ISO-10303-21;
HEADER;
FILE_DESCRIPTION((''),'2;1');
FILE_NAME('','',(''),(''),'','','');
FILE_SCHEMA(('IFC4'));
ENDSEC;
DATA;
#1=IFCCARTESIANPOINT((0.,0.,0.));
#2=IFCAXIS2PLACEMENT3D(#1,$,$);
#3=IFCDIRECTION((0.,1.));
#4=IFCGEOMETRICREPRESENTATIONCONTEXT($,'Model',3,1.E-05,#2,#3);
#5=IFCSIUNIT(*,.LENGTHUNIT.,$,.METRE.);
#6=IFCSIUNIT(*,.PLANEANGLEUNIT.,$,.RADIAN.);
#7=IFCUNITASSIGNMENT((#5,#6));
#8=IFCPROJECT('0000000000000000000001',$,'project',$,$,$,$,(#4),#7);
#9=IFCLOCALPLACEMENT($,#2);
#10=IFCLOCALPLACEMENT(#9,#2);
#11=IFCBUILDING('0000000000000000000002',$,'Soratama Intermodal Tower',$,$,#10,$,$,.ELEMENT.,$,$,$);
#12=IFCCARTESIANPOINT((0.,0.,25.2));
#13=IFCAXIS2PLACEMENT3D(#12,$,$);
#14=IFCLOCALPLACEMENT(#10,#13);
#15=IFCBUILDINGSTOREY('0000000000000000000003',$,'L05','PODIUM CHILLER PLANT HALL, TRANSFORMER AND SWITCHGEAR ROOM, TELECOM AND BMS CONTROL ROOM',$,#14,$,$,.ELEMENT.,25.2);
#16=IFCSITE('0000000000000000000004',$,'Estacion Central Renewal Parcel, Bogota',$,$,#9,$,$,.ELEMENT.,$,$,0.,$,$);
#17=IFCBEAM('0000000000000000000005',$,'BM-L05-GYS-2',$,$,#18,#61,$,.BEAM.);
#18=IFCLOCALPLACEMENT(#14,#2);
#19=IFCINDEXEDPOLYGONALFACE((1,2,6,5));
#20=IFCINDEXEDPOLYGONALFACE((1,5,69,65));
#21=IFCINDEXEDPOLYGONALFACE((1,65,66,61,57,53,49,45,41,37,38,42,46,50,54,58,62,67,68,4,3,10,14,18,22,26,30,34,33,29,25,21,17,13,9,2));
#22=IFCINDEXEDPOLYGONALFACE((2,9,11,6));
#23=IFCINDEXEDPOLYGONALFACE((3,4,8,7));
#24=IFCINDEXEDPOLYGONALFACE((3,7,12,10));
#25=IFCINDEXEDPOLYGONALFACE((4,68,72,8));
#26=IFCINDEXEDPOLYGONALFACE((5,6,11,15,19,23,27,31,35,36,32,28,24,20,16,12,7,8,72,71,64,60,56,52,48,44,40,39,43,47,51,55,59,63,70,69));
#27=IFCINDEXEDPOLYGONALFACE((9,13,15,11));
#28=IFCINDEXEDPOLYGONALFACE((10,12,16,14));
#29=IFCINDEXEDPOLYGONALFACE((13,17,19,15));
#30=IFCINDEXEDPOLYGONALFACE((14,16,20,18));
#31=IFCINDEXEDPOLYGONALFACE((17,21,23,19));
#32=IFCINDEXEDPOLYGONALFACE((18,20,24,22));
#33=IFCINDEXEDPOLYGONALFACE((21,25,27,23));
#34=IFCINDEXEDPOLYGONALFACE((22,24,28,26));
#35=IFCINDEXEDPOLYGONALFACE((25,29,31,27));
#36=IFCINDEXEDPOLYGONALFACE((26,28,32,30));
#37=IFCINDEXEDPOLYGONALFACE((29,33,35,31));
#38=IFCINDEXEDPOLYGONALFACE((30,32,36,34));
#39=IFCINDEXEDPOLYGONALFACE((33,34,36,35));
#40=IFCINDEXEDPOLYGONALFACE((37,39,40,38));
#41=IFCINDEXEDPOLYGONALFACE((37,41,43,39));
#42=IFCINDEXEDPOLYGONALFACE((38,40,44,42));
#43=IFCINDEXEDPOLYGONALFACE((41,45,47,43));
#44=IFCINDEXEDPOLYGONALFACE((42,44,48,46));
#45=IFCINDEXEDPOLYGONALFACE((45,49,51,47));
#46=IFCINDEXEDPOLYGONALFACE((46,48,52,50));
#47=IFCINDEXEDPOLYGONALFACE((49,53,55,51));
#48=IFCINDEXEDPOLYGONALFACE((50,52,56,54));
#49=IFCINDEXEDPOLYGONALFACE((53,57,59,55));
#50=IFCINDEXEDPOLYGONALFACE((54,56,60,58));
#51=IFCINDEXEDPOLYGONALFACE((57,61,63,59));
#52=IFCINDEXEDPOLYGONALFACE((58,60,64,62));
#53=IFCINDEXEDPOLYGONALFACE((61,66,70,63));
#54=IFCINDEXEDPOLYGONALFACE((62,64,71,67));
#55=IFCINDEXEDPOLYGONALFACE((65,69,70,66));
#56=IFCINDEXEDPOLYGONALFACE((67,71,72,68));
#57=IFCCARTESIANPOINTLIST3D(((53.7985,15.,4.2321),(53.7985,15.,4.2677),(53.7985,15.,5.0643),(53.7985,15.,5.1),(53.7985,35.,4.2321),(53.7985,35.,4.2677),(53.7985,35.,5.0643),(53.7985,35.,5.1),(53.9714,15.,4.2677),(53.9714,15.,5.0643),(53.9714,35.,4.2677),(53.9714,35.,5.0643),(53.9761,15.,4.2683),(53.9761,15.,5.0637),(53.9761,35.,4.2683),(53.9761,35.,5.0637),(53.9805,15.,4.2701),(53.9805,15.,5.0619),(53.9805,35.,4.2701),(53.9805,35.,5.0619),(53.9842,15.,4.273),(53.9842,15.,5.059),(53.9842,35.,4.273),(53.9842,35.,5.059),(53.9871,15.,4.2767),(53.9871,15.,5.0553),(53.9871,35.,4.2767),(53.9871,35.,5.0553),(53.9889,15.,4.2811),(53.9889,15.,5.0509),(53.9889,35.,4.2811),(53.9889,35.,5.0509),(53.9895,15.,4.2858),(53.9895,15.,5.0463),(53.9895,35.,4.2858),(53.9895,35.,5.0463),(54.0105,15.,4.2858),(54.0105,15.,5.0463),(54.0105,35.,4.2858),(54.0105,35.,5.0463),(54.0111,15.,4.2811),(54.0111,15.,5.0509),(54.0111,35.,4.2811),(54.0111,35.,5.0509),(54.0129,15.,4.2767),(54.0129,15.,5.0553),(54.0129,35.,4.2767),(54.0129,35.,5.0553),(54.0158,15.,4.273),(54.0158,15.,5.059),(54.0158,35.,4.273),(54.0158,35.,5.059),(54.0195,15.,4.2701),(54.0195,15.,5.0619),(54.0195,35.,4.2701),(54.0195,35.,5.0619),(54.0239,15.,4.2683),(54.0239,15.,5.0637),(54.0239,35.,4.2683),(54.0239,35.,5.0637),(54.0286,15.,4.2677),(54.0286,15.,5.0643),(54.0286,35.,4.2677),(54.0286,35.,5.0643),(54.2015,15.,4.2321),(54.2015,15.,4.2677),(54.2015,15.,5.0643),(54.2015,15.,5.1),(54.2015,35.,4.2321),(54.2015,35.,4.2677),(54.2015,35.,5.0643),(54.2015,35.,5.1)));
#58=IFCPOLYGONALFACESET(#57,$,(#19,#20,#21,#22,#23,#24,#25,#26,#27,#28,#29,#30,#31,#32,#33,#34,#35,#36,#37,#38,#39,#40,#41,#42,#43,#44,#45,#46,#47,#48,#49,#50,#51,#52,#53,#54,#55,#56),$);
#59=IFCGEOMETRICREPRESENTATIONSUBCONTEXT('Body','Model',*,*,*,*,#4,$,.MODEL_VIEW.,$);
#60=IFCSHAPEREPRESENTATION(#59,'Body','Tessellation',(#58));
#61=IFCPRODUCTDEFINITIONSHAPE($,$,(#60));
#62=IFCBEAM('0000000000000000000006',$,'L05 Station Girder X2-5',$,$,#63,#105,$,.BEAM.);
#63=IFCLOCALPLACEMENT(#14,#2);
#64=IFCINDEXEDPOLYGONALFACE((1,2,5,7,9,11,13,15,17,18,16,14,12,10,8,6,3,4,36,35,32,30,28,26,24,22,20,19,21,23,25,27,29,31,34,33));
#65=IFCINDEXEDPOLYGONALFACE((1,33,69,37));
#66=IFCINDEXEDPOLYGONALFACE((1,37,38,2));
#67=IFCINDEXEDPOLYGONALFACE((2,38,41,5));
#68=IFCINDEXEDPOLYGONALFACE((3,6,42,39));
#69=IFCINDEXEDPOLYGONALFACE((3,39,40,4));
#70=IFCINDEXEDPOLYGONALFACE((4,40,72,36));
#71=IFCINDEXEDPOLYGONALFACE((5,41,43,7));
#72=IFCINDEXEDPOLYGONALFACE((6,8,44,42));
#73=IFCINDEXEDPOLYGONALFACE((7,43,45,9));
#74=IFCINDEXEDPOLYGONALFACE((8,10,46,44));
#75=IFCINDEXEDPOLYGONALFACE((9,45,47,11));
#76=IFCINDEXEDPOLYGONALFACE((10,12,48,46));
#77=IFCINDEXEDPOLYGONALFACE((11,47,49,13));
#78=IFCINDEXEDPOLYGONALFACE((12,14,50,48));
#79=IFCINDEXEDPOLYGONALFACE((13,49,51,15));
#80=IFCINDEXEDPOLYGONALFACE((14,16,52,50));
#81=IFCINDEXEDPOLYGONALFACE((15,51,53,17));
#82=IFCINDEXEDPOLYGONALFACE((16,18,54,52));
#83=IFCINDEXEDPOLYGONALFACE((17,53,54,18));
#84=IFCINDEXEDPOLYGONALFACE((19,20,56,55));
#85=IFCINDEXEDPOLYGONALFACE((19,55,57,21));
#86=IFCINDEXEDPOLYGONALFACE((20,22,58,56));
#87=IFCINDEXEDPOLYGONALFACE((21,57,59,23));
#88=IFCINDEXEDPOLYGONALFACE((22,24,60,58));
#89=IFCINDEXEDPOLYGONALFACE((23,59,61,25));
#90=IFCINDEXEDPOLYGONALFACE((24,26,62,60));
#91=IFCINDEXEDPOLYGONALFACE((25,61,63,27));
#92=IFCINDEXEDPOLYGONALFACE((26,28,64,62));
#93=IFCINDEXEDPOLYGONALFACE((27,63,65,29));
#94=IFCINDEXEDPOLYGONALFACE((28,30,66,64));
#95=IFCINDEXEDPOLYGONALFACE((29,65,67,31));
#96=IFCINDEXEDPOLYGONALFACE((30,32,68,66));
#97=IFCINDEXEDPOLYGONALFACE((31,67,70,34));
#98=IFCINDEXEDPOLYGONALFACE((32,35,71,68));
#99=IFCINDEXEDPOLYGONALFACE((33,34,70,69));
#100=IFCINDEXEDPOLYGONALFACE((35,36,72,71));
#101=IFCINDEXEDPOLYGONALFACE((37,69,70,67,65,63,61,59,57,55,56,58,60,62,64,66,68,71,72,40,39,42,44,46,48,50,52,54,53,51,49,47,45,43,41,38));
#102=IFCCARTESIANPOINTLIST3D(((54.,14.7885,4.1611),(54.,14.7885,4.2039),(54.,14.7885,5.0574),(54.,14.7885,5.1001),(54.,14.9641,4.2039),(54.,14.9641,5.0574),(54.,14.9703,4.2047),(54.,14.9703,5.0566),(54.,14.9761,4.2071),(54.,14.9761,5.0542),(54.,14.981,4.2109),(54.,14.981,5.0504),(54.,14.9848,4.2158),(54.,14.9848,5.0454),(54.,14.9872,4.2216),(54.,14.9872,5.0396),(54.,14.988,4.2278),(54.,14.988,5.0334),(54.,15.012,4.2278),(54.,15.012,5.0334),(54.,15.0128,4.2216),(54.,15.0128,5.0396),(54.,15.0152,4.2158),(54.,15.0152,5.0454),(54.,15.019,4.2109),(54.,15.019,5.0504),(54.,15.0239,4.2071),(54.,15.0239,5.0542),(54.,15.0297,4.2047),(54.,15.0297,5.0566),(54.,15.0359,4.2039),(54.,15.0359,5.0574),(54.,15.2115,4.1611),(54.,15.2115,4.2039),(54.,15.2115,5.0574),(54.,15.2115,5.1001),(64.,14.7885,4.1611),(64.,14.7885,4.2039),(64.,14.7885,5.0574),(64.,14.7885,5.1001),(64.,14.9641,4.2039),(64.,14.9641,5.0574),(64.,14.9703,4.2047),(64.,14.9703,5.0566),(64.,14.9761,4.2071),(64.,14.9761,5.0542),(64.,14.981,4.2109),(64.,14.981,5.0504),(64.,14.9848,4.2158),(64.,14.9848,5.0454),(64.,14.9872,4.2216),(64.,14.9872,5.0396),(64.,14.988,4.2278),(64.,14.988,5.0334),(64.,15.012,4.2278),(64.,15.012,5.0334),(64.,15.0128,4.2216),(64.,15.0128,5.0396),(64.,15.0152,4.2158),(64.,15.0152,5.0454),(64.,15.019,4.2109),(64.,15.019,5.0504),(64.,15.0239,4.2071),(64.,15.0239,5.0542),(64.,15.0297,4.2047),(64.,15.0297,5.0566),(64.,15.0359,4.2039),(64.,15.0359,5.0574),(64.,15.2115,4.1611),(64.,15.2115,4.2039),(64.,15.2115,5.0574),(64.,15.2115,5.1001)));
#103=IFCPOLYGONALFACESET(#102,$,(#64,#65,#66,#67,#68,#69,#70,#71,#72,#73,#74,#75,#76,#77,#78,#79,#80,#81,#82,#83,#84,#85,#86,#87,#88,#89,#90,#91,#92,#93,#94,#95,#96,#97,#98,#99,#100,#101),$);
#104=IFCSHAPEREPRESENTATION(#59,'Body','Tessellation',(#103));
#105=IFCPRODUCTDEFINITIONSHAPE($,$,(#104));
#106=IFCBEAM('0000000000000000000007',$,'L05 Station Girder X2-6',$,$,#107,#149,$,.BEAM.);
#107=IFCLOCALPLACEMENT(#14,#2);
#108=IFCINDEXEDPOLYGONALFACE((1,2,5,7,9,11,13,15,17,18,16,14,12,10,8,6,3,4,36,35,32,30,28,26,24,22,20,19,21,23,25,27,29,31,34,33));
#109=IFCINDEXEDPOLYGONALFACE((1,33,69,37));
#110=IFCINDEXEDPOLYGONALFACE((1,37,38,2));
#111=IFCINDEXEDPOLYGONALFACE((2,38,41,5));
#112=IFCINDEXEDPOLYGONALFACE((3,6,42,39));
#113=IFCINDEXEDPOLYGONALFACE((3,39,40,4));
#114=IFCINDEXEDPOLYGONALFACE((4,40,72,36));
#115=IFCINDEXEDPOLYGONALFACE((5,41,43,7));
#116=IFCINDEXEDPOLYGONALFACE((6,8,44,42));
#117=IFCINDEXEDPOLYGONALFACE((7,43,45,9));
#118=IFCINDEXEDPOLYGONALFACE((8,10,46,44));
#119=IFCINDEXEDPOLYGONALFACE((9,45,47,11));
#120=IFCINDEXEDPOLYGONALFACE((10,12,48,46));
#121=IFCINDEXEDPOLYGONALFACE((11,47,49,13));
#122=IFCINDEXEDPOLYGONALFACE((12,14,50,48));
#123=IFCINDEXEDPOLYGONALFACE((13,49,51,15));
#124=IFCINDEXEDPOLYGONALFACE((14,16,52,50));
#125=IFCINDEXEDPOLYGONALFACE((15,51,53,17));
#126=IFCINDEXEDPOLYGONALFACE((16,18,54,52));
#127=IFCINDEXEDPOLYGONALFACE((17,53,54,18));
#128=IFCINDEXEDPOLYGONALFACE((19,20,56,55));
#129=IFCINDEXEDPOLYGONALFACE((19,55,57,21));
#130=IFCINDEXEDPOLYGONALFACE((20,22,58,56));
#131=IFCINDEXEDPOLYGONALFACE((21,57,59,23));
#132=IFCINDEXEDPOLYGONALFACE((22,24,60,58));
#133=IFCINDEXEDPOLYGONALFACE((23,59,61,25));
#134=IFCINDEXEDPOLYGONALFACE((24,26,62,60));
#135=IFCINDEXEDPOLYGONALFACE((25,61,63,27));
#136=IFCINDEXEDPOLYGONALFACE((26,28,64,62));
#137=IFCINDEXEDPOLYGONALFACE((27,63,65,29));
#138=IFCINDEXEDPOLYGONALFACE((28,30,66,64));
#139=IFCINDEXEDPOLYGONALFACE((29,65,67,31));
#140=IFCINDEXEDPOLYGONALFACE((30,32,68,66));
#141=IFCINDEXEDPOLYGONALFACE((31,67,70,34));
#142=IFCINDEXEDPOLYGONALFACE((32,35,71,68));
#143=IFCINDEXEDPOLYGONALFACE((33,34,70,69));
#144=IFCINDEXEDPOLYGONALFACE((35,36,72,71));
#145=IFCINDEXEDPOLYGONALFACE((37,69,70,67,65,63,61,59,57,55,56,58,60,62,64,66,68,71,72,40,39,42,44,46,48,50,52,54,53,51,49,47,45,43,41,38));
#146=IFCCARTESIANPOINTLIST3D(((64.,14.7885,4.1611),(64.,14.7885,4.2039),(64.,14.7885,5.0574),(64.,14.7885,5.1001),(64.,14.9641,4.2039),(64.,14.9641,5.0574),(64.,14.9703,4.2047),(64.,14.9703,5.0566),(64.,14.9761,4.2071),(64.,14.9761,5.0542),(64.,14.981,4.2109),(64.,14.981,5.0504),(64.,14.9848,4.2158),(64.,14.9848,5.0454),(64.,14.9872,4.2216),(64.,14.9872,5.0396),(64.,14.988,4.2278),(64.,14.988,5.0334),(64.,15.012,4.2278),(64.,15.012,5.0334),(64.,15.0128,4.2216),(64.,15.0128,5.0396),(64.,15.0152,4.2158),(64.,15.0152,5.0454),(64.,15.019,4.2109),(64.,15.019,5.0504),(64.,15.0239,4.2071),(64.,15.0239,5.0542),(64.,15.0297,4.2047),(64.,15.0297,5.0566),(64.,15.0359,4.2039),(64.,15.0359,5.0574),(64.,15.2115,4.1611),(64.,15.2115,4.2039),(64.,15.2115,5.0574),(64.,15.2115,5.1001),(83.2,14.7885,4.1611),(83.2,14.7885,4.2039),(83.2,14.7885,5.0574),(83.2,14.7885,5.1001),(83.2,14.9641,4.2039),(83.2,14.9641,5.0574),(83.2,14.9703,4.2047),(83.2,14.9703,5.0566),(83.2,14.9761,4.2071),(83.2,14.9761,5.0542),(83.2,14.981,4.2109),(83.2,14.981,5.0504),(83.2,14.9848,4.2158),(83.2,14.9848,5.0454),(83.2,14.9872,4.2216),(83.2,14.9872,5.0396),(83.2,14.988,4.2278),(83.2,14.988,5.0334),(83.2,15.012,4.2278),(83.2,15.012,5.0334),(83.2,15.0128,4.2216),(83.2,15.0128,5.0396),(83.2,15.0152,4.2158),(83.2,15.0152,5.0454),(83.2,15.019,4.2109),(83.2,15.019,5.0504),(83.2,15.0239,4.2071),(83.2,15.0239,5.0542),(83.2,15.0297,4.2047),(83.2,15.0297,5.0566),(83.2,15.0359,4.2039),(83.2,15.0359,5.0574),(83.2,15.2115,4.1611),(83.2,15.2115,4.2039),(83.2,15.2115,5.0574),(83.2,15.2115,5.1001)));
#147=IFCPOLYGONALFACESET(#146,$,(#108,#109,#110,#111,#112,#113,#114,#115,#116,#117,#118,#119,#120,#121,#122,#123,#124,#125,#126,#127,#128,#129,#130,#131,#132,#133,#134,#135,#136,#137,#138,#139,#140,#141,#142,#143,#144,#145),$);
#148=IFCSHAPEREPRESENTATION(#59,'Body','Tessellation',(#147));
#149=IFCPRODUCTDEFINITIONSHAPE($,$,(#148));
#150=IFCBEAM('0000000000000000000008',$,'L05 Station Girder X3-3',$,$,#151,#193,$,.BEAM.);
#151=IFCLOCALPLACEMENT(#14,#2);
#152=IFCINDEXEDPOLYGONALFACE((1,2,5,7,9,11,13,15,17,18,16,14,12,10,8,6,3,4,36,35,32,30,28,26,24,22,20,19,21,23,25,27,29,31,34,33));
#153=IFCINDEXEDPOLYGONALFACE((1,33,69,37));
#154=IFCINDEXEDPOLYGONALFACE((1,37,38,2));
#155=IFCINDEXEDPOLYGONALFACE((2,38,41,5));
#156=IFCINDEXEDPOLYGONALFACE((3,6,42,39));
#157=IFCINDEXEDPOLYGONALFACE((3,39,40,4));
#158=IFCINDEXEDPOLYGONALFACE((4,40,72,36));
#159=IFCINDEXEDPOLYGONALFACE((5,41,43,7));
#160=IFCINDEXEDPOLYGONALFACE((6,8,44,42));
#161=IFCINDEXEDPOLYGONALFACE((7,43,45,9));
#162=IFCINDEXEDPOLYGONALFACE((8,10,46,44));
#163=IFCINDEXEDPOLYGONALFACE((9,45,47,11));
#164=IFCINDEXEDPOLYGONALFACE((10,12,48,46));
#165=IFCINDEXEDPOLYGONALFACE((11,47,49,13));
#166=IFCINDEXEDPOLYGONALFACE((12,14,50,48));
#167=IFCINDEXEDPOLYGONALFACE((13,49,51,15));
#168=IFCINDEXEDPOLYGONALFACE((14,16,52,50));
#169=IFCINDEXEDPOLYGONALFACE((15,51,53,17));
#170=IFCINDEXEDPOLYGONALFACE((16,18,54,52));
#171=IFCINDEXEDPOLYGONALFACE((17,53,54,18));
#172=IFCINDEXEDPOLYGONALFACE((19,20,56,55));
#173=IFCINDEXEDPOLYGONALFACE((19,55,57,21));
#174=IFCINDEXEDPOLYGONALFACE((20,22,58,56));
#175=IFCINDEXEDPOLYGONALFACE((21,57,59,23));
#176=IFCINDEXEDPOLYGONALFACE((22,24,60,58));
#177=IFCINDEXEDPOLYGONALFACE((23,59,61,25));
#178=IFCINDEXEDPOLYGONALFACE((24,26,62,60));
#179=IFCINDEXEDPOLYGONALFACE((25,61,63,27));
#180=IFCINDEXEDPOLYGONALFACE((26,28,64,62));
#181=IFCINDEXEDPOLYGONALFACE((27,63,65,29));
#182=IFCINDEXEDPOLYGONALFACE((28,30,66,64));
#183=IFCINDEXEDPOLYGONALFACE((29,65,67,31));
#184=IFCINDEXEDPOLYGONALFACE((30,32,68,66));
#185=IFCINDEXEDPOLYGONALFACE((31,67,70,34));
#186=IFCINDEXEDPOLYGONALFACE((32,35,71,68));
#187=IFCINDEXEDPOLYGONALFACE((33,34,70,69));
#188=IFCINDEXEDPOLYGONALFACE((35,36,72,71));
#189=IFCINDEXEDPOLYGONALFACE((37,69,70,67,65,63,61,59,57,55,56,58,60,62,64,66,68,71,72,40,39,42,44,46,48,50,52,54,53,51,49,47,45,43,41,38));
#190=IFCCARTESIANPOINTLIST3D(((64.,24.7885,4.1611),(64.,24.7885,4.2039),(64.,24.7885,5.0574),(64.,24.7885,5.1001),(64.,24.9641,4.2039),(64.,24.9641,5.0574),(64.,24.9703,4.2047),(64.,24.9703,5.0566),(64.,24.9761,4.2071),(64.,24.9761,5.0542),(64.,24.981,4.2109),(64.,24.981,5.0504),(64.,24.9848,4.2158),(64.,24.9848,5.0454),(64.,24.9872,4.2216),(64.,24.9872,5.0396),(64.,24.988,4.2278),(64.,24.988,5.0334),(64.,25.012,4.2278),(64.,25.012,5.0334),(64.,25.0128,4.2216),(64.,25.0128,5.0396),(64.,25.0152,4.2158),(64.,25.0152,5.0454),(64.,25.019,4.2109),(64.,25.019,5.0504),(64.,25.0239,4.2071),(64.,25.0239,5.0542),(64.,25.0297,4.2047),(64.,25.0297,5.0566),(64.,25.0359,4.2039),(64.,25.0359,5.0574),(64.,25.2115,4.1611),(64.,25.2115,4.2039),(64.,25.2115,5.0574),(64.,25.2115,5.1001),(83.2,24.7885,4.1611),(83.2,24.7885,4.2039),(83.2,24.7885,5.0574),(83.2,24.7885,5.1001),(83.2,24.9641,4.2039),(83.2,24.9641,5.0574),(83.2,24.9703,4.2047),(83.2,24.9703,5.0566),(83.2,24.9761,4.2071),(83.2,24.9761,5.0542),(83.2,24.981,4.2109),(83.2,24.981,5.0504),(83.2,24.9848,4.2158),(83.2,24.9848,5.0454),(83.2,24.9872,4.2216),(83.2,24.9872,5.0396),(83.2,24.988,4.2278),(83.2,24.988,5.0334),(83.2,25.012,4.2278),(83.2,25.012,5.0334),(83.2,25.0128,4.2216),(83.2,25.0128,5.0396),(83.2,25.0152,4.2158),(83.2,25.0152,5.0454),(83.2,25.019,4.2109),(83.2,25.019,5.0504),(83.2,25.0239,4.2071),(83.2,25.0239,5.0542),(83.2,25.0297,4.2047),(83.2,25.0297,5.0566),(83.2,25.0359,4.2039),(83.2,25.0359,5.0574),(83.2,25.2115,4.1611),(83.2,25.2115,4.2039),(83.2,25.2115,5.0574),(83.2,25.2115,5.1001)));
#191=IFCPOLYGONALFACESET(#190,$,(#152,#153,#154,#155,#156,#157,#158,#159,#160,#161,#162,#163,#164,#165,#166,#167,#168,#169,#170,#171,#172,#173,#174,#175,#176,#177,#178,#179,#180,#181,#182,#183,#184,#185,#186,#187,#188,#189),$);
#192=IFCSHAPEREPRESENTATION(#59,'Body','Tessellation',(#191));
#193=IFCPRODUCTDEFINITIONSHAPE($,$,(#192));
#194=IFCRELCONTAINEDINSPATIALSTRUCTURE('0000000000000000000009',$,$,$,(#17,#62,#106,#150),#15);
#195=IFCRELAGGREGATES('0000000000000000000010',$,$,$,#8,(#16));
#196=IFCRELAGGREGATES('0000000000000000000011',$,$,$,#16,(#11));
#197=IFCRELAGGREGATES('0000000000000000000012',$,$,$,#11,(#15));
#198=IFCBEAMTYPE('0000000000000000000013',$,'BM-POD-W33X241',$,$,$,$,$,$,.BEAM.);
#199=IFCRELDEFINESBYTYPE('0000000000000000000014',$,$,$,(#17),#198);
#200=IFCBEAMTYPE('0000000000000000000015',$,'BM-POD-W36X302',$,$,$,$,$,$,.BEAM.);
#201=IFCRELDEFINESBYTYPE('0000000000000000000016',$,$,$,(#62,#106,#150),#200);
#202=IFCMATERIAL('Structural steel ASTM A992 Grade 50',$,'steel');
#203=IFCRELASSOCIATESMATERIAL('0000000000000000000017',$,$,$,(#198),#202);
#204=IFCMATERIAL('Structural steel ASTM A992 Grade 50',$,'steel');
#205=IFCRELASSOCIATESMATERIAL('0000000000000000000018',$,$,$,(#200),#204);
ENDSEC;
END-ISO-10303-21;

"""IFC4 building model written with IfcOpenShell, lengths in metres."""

from ifc_helpers import new_model, si_unit, direction, frame, origin, origin_2d, place, context, subcontext, project, spatial, i_section, extrude, material, material_profile, profile_set, type_object, element, save


model = new_model("IFC4")

# Units and contexts
model_context = context("Model", 3, precision=1e-05, world=origin(), true_north=direction((0.0, 1.0)))
body_context = subcontext(model_context, "Body", "Model", "MODEL_VIEW")
ifc_project = project(units=[si_unit("LENGTHUNIT", "METRE"), si_unit("PLANEANGLEUNIT", "RADIAN")], contexts=[model_context])

# Site, building, storey
site_placement = place(None, origin())
site = spatial("IfcSite", under=ifc_project, at=site_placement, Name="Estacion Central Renewal Parcel, Bogota", CompositionType="ELEMENT", RefElevation=0.0)
building_placement = place(site_placement, origin())
building = spatial("IfcBuilding", under=site, at=building_placement, Name="Soratama Intermodal Tower", CompositionType="ELEMENT")
storey_placement = place(building_placement, frame((0.0, 0.0, 25.2)))
storey = spatial("IfcBuildingStorey", under=building, at=storey_placement, Name="L05", Description="PODIUM CHILLER PLANT HALL, TRANSFORMER AND SWITCHGEAR ROOM, TELECOM AND BMS CONTROL ROOM", CompositionType="ELEMENT", Elevation=25.2)

# Beams
ifc_material_1 = material(Name="Structural steel ASTM A992 Grade 50", Category="steel")
ifc_material_profile_1 = material_profile(ifc_material_1, i_section(OverallWidth=0.4031, OverallDepth=0.8679, WebThickness=0.021, FlangeThickness=0.0356, FilletRadius=0.0181, at=origin_2d()), Name="W33X241")
ifc_profile_set_1 = profile_set([ifc_material_profile_1], Name="Structural steel ASTM A992 Grade 50")
beam_type_1 = type_object("IfcBeamType", Name="BM-POD-W33X241", PredefinedType="BEAM", material=ifc_profile_set_1)
beam_1_placement = place(storey_placement, frame((54.0, 15.0, 4.666), z_axis=(0.0, 1.0, 0.0), x_axis=(-1.0, 0.0, 0.0)))
element("IfcBeam", 1, at=beam_1_placement, inside=storey, type_object=beam_type_1, Name="BM-L05-GYS-2", PredefinedType="BEAM", context=body_context, shape_type="SweptSolid", body=[
    extrude(i_section(OverallWidth=0.4031, OverallDepth=0.8679, WebThickness=0.021, FlangeThickness=0.0356, FilletRadius=0.0181, at=origin_2d()), origin(), (0.0, 0.0, 1.0), 20.0),
])
ifc_material_2 = material(Name="Structural steel ASTM A992 Grade 50", Category="steel")
ifc_material_profile_2 = material_profile(ifc_material_2, i_section(OverallWidth=0.4231, OverallDepth=0.939, WebThickness=0.0239, FlangeThickness=0.0427, FilletRadius=0.0239, at=origin_2d()), Name="W36X302")
ifc_profile_set_2 = profile_set([ifc_material_profile_2], Name="Structural steel ASTM A992 Grade 50")
beam_type_2 = type_object("IfcBeamType", Name="BM-POD-W36X302", PredefinedType="BEAM", material=ifc_profile_set_2)
beam_2_placement = place(storey_placement, frame((54.0, 15.0, 4.6306), z_axis=(1.0, 0.0, 0.0), x_axis=(0.0, 1.0, 0.0)))
element("IfcBeam", 2, at=beam_2_placement, inside=storey, type_object=beam_type_2, Name="L05 Station Girder X2-5", PredefinedType="BEAM", context=body_context, shape_type="SweptSolid", body=[
    extrude(i_section(OverallWidth=0.4231, OverallDepth=0.939, WebThickness=0.0239, FlangeThickness=0.0427, FilletRadius=0.0239, at=origin_2d()), origin(), (0.0, 0.0, 1.0), 10.0),
])
for number, where, z_axis, x_axis, name in (
    (3, (64.0, 15.0, 4.6306), (1.0, 0.0, 0.0), (0.0, 1.0, 0.0), "L05 Station Girder X2-6"),
    (4, (64.0, 25.0, 4.6306), (1.0, 0.0, 0.0), (0.0, 1.0, 0.0), "L05 Station Girder X3-3"),
):
    element("IfcBeam", number, at=place(storey_placement, frame(where, z_axis=z_axis, x_axis=x_axis)), inside=storey, type_object=beam_type_2, Name=name, PredefinedType="BEAM", context=body_context, shape_type="SweptSolid", body=[
        extrude(i_section(OverallWidth=0.4231, OverallDepth=0.939, WebThickness=0.0239, FlangeThickness=0.0427, FilletRadius=0.0239, at=origin_2d()), origin(), (0.0, 0.0, 1.0), 19.2),
    ])

save(model, "model.ifc")
